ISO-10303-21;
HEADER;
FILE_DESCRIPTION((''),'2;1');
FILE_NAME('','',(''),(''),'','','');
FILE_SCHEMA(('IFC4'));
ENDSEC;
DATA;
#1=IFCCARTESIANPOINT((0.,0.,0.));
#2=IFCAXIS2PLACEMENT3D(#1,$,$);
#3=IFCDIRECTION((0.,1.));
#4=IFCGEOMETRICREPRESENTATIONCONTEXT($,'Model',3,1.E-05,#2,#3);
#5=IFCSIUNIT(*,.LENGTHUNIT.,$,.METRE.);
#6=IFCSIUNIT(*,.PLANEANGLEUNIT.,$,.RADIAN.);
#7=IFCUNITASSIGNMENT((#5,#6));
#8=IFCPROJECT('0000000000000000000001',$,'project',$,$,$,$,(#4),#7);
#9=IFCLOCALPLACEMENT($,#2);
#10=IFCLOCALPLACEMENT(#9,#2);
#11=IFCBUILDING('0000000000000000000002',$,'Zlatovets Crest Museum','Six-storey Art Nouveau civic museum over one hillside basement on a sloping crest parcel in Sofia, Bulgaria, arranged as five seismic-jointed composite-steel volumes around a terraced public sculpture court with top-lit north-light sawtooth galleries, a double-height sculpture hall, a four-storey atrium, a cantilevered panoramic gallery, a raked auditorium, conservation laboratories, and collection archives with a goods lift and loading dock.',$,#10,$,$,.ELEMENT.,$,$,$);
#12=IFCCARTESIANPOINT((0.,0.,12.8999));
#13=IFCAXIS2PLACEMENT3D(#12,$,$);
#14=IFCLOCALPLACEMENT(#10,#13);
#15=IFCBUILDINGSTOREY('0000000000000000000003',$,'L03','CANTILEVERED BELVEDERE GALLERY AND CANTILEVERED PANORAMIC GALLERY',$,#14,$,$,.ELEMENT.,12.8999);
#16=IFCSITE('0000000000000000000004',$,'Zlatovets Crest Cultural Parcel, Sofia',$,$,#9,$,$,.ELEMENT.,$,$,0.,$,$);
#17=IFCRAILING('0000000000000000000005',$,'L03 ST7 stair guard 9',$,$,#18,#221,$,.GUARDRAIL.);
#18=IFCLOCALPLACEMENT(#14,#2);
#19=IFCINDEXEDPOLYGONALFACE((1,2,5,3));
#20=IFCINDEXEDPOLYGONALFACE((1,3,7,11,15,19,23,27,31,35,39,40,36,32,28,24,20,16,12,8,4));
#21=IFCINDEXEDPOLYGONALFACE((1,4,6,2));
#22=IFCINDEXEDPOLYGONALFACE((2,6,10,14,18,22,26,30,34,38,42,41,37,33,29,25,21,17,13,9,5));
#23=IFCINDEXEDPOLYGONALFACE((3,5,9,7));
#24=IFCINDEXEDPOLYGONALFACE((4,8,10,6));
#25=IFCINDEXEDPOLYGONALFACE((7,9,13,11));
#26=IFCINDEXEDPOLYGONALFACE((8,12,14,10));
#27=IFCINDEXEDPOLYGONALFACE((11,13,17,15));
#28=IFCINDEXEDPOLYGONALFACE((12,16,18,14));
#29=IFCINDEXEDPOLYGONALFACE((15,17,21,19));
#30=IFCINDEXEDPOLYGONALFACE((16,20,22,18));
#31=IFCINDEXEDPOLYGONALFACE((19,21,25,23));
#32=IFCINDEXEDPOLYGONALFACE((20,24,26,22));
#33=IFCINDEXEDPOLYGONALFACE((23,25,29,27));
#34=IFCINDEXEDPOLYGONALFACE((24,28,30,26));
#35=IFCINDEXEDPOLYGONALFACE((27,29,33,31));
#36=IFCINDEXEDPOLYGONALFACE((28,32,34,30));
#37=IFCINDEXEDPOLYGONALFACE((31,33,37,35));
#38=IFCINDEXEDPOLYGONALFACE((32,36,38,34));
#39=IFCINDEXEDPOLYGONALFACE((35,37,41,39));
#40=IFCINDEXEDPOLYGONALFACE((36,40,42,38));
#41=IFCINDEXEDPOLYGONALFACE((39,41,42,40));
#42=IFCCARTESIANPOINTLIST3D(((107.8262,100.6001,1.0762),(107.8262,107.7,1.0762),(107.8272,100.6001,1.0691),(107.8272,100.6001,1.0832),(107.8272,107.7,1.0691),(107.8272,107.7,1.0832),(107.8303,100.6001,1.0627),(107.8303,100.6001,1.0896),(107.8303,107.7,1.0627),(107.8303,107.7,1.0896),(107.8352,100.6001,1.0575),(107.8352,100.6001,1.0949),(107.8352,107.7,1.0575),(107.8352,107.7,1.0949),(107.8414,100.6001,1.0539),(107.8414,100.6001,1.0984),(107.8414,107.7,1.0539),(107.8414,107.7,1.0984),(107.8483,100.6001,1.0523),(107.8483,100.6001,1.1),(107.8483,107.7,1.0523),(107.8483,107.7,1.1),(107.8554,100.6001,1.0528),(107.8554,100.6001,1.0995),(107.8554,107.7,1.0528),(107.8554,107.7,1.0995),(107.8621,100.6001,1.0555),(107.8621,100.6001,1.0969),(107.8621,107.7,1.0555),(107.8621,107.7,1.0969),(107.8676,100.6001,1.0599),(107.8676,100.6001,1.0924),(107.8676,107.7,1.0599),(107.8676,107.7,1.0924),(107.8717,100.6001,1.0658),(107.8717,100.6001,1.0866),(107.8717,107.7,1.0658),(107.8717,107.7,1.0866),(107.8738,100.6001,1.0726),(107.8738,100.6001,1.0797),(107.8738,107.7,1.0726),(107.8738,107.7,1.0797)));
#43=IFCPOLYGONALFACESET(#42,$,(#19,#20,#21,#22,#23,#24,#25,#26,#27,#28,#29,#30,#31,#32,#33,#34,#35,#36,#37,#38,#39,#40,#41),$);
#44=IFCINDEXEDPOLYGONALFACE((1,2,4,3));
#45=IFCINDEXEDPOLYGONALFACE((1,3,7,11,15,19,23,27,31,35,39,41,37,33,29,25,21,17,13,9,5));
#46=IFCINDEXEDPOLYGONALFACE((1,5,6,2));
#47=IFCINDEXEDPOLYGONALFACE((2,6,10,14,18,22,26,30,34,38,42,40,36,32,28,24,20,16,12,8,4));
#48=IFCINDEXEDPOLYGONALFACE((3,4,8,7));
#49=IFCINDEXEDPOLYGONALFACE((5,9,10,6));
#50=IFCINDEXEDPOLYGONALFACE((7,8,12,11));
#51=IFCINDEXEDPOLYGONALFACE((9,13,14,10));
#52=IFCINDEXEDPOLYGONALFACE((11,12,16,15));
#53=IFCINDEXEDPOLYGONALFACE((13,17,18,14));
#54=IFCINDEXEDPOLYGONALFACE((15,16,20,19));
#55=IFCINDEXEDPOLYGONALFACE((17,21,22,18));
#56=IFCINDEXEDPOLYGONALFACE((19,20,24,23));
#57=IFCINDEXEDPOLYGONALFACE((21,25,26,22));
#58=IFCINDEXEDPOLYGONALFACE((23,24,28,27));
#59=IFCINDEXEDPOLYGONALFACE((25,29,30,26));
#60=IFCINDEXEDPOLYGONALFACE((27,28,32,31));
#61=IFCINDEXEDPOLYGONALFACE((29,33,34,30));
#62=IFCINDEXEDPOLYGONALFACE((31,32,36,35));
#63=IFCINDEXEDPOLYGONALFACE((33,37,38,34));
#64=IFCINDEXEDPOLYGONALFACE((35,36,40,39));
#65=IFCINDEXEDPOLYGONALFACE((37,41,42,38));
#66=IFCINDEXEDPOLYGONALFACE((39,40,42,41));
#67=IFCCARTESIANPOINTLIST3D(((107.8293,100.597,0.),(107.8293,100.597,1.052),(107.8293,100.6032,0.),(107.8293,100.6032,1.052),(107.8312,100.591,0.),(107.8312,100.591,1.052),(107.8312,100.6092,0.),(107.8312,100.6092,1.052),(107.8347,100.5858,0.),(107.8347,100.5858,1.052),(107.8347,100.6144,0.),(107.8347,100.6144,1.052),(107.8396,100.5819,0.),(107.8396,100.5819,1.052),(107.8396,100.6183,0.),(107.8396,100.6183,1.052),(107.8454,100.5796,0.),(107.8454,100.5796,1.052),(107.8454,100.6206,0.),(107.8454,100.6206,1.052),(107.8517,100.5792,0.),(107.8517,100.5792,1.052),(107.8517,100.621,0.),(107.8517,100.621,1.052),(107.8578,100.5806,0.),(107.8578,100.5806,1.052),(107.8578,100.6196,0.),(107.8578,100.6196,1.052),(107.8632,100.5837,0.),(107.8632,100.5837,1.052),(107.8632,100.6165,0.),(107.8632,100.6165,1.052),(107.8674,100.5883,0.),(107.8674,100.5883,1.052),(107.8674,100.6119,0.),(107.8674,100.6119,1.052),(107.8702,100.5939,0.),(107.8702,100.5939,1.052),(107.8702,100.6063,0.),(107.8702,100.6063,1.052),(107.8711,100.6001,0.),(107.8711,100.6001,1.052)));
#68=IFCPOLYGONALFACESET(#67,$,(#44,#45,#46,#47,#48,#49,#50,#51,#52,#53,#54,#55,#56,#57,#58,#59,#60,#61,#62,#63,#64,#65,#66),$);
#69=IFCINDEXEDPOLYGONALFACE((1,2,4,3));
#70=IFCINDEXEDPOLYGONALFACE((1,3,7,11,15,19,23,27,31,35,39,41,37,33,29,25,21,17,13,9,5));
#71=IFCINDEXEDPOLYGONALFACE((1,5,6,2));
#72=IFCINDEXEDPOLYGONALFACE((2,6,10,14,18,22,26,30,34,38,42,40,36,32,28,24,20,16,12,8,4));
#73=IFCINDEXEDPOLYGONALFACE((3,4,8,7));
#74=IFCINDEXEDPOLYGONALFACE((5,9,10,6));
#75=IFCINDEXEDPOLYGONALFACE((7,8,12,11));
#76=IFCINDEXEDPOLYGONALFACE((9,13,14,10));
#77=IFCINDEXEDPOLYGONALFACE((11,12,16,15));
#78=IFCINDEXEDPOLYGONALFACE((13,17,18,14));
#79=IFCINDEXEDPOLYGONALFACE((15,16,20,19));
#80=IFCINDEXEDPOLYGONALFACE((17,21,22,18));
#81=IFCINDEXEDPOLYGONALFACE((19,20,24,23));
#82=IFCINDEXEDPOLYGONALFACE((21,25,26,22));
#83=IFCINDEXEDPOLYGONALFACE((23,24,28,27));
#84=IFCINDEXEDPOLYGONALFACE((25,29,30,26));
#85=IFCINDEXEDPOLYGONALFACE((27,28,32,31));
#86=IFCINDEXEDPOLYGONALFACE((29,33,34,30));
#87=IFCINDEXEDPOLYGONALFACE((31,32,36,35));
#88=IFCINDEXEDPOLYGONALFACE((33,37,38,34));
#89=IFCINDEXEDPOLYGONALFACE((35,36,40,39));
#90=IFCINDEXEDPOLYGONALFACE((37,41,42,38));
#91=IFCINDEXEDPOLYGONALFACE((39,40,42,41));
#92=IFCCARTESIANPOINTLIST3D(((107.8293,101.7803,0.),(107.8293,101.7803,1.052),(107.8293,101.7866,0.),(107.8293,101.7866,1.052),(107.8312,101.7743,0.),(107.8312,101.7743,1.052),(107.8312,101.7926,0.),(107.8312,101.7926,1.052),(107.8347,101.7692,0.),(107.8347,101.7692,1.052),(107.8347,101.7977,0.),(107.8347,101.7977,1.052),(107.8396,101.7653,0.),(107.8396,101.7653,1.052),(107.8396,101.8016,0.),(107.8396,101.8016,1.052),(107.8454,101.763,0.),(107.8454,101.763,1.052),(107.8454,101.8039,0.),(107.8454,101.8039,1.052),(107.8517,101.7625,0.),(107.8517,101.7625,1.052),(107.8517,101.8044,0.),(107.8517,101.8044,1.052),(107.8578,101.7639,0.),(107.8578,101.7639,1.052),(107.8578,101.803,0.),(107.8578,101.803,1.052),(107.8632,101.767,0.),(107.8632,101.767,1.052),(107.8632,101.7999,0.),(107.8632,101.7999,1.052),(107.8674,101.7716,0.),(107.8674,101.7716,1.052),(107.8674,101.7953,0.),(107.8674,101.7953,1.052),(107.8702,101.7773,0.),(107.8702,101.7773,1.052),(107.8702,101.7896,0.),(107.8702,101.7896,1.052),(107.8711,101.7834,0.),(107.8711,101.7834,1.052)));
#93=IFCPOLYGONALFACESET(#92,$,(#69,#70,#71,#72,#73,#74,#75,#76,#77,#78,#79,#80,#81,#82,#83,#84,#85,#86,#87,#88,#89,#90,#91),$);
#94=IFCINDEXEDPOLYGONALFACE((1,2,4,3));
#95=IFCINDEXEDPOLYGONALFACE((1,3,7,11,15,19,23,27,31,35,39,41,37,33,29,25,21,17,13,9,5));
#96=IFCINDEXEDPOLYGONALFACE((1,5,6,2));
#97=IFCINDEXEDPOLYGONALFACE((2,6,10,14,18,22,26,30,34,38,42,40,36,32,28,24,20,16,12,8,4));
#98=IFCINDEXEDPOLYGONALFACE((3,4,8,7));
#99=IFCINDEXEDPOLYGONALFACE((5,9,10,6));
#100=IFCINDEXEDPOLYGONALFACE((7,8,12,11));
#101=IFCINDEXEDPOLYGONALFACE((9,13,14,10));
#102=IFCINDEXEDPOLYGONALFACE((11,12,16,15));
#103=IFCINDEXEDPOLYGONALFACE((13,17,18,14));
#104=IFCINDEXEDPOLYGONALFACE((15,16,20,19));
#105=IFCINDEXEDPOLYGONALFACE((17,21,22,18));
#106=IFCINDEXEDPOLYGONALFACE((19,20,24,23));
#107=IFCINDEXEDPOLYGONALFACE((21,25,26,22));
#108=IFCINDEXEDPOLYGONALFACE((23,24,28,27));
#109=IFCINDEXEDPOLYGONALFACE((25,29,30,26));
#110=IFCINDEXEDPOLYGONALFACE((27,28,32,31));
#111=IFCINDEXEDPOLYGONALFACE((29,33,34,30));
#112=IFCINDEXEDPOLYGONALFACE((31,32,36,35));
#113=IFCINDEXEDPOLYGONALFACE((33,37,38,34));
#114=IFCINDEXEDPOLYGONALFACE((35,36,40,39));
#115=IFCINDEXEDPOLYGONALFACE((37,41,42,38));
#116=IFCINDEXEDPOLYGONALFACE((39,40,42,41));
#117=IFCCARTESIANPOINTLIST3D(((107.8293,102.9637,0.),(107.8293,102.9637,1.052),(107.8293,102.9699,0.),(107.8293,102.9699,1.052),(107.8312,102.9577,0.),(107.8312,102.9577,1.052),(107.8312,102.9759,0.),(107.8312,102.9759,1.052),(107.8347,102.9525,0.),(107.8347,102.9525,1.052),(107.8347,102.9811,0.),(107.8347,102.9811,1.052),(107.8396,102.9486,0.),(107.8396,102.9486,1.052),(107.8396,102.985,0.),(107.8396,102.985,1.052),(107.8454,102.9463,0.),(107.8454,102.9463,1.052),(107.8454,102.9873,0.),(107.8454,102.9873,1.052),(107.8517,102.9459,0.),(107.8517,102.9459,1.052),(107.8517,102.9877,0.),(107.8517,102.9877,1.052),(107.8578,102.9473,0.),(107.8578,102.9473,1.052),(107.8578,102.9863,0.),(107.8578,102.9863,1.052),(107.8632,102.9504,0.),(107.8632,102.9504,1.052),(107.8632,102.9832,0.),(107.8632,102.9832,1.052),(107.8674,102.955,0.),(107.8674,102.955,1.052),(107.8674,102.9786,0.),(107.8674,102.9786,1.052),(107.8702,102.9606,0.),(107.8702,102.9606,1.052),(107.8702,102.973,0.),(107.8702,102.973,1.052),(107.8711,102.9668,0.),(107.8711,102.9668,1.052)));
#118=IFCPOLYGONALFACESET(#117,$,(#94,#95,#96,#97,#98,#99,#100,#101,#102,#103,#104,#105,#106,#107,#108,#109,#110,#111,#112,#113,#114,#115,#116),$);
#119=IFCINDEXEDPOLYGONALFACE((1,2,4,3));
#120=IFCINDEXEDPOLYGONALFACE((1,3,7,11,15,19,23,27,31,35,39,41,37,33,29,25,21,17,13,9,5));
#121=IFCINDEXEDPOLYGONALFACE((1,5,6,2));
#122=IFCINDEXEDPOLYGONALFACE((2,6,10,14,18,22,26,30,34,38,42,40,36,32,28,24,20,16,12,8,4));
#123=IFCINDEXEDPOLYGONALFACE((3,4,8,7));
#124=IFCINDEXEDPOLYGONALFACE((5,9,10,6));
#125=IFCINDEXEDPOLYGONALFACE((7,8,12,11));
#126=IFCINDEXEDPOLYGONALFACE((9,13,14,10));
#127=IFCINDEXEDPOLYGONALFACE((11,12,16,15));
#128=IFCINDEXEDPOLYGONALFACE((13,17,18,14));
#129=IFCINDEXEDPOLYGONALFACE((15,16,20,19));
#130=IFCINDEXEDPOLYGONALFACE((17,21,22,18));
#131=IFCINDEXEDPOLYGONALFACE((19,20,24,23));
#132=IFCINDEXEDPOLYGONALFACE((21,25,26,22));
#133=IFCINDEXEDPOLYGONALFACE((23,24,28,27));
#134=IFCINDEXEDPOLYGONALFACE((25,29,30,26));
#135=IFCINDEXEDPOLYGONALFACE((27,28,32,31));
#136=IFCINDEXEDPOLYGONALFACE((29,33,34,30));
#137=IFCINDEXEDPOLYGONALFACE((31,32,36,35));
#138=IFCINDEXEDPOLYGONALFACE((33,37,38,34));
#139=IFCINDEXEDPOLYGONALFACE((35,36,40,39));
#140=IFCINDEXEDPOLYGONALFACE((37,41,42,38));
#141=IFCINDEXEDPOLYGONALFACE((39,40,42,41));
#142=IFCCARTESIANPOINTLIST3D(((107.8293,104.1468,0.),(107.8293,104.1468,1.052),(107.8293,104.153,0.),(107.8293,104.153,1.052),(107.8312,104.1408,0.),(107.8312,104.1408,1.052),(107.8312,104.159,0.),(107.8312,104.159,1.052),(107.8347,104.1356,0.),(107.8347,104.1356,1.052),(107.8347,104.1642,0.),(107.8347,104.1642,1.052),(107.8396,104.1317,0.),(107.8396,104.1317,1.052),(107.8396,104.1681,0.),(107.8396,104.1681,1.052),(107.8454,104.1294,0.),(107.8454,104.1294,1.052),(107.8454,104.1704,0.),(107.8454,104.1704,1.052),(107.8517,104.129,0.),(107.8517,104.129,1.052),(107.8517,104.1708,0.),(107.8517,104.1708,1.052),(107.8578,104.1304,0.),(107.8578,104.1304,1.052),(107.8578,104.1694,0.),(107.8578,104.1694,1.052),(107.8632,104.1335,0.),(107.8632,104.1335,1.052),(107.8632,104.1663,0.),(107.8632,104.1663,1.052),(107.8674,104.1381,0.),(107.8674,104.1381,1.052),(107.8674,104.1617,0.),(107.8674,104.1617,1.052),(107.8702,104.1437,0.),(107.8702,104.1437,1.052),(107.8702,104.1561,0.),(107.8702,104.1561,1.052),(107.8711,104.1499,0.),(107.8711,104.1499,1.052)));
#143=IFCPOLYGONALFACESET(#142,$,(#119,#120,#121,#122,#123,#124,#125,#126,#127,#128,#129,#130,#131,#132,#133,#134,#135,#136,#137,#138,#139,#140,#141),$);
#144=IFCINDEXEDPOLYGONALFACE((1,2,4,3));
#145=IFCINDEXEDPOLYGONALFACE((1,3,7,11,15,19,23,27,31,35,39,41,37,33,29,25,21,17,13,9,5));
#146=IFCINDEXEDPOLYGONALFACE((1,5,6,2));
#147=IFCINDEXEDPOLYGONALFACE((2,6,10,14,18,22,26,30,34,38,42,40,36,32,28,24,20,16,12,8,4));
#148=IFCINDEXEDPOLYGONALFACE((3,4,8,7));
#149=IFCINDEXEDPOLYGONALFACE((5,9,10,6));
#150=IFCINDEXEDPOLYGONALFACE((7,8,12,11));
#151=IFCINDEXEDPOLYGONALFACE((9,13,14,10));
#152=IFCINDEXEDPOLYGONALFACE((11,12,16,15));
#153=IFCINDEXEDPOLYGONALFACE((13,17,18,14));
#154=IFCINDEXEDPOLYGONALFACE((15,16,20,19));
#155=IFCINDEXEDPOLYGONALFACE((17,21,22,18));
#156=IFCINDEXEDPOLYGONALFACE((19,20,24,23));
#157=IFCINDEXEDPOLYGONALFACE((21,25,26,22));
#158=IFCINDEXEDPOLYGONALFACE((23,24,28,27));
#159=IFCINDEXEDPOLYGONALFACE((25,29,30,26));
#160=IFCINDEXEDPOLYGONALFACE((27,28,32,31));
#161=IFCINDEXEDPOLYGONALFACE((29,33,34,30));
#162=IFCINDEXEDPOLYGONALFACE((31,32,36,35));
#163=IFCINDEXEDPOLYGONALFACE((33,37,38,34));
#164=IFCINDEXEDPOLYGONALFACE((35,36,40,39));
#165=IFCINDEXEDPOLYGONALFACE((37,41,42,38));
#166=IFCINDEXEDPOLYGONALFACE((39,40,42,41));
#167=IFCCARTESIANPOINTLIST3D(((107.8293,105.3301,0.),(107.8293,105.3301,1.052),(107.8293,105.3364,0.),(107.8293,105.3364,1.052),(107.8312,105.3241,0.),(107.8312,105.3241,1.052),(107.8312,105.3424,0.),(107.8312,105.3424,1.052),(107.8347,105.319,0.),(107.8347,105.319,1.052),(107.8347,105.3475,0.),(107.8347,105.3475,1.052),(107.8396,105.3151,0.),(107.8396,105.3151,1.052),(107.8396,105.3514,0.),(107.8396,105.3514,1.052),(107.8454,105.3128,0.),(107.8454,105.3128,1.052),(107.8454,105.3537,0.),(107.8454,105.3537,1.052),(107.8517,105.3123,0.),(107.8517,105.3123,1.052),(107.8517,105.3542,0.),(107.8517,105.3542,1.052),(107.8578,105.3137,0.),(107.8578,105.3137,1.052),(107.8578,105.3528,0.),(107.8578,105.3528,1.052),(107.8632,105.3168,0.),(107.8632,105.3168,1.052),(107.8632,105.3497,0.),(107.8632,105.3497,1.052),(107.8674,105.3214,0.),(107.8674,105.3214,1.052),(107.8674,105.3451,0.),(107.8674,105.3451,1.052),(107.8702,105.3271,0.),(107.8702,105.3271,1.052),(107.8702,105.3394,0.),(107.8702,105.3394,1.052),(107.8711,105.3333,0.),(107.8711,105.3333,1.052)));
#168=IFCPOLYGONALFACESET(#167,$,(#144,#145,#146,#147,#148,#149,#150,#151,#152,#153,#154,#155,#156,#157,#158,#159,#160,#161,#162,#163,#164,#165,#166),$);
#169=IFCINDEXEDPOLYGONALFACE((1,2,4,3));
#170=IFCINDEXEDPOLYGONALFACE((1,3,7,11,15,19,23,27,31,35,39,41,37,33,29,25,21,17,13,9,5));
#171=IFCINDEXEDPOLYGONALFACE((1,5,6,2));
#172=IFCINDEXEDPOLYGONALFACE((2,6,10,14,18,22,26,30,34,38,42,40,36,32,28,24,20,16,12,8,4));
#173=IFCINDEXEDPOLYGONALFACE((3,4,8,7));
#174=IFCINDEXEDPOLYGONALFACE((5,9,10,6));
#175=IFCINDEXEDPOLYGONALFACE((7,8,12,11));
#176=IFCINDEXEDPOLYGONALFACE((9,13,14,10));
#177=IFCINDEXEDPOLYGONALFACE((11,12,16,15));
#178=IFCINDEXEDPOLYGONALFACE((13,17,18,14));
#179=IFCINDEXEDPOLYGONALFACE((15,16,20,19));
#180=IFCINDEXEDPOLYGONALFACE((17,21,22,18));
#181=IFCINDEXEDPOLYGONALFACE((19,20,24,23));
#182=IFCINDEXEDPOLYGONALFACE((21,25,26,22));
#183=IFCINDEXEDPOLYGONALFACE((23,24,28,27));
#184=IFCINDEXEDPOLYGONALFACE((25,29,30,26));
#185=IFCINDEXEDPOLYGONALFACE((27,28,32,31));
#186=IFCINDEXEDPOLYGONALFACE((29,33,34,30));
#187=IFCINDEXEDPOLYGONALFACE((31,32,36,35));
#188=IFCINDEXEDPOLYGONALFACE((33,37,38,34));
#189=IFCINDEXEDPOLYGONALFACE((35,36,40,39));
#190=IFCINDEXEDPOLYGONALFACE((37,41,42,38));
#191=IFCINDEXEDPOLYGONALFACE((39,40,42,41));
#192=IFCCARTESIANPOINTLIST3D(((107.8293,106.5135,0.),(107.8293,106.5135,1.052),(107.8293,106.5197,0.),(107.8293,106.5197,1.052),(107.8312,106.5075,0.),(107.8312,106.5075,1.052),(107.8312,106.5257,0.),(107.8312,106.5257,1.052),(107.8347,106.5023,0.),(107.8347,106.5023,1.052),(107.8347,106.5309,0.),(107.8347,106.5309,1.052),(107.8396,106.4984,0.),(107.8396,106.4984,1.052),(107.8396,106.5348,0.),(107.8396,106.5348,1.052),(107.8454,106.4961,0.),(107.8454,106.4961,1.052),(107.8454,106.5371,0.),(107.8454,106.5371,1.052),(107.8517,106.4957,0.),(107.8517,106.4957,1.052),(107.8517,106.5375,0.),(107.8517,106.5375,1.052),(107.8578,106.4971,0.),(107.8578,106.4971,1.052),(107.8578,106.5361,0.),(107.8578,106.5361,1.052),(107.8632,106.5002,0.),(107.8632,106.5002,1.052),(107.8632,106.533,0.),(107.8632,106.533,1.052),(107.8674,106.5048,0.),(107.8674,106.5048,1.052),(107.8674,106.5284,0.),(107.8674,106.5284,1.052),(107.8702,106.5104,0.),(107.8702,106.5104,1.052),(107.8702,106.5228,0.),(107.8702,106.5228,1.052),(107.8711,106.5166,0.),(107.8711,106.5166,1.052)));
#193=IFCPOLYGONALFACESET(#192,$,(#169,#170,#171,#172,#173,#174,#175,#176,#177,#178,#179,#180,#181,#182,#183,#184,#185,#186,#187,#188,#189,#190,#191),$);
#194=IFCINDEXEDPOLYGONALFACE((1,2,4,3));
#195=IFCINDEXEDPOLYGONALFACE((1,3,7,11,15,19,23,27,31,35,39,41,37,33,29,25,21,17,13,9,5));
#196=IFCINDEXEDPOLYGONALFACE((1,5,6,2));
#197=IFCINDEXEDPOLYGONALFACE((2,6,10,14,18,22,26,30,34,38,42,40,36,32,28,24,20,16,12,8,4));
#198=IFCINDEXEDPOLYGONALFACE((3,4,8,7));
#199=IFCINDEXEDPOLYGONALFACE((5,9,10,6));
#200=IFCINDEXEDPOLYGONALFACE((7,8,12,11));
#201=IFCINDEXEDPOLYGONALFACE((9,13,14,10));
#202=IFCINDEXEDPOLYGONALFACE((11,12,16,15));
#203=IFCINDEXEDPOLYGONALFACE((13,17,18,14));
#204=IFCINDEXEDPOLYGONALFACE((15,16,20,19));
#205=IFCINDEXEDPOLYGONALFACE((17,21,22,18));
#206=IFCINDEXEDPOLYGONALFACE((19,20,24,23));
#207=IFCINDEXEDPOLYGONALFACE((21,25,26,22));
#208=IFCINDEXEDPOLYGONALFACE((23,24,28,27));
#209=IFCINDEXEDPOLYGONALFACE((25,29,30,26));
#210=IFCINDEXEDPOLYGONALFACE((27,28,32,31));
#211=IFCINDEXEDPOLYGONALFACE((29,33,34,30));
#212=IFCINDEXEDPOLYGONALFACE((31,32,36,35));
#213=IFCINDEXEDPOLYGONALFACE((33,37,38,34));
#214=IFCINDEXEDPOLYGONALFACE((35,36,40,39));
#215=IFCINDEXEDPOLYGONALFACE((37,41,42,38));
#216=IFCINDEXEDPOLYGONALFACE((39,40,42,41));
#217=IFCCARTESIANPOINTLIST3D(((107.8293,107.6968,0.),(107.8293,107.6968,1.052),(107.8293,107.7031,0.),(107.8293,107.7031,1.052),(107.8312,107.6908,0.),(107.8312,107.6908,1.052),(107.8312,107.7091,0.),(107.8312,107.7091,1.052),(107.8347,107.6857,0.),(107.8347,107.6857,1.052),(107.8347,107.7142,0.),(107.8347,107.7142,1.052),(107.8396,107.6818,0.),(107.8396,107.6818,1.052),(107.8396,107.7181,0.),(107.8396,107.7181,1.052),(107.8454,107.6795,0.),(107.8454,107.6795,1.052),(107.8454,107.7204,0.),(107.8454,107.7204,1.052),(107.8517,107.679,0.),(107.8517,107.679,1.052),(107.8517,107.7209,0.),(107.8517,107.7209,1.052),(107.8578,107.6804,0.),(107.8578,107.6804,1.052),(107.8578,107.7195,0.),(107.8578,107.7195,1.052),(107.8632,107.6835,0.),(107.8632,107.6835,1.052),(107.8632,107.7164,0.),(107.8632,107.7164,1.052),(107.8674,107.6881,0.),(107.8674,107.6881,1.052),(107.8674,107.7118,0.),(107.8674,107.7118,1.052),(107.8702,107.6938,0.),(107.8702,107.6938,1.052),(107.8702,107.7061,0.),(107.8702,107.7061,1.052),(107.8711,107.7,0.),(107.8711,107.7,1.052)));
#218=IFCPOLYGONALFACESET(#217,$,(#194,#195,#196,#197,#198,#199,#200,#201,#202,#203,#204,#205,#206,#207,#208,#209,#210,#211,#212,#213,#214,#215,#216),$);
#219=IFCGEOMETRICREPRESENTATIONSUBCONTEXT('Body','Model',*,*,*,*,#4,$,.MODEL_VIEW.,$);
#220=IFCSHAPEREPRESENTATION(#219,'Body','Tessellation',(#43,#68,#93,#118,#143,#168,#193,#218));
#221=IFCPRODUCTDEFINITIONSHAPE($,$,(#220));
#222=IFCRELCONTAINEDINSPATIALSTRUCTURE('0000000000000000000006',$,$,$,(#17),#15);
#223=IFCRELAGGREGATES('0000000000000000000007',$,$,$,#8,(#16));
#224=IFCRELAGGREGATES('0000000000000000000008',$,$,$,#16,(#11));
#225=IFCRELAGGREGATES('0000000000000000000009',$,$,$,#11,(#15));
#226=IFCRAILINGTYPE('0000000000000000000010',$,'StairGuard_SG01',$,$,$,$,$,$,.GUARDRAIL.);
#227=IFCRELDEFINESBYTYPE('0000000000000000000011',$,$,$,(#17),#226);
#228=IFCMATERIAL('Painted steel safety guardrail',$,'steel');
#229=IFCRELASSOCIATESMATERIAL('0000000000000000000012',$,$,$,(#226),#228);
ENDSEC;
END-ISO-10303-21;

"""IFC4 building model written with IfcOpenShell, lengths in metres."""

from ifc_helpers import new_model, si_unit, direction, frame, origin, origin_2d, place, context, subcontext, project, spatial, circle, extrude, material, type_object, element, save


model = new_model("IFC4")

# Units and contexts
model_context = context("Model", 3, precision=1e-05, world=origin(), true_north=direction((0.0, 1.0)))
body_context = subcontext(model_context, "Body", "Model", "MODEL_VIEW")
ifc_project = project(units=[si_unit("LENGTHUNIT", "METRE"), si_unit("PLANEANGLEUNIT", "RADIAN")], contexts=[model_context])

# Site, building, storey
site_placement = place(None, origin())
site = spatial("IfcSite", under=ifc_project, at=site_placement, Name="Zlatovets Crest Cultural Parcel, Sofia", CompositionType="ELEMENT", RefElevation=0.0)
building_placement = place(site_placement, origin())
building = spatial("IfcBuilding", under=site, at=building_placement, Name="Zlatovets Crest Museum", Description="Six-storey Art Nouveau civic museum over one hillside basement on a sloping crest parcel in Sofia, Bulgaria, arranged as five seismic-jointed composite-steel volumes around a terraced public sculpture court with top-lit north-light sawtooth galleries, a double-height sculpture hall, a four-storey atrium, a cantilevered panoramic gallery, a raked auditorium, conservation laboratories, and collection archives with a goods lift and loading dock.", CompositionType="ELEMENT")
storey_placement = place(building_placement, frame((0.0, 0.0, 12.8999)))
storey = spatial("IfcBuildingStorey", under=building, at=storey_placement, Name="L03", Description="CANTILEVERED BELVEDERE GALLERY AND CANTILEVERED PANORAMIC GALLERY", CompositionType="ELEMENT", Elevation=12.8999)

# Railing
ifc_material_1 = material(Name="Painted steel safety guardrail", Category="steel")
railing_type_1 = type_object("IfcRailingType", Name="StairGuard_SG01", PredefinedType="GUARDRAIL", material=ifc_material_1)
railing_1_placement = place(storey_placement, frame((107.8501, 100.6001, 0.0)))
element("IfcRailing", 1, at=railing_1_placement, inside=storey, type_object=railing_type_1, Name="L03 ST7 stair guard 9", PredefinedType="GUARDRAIL", context=body_context, shape_type="SweptSolid", body=[
    extrude(circle(Radius=0.0239, at=origin_2d()), frame((0.0, 0.0, 1.0762), z_axis=(0.0, 1.0, 0.0), x_axis=(-1.0, 0.0, 0.0)), (0.0, 0.0, 1.0), 7.0999),
    extrude(circle(Radius=0.021, at=origin_2d()), origin(), (0.0, 0.0, 1.0), 1.052),
    extrude(circle(Radius=0.021, at=origin_2d()), frame((0.0, 1.1833, 0.0)), (0.0, 0.0, 1.0), 1.052),
    extrude(circle(Radius=0.021, at=origin_2d()), frame((0.0, 2.3667, 0.0)), (0.0, 0.0, 1.0), 1.052),
    extrude(circle(Radius=0.021, at=origin_2d()), frame((0.0, 3.5498, 0.0)), (0.0, 0.0, 1.0), 1.052),
    extrude(circle(Radius=0.021, at=origin_2d()), frame((0.0, 4.7332, 0.0)), (0.0, 0.0, 1.0), 1.052),
    extrude(circle(Radius=0.021, at=origin_2d()), frame((0.0, 5.9165, 0.0)), (0.0, 0.0, 1.0), 1.052),
    extrude(circle(Radius=0.021, at=origin_2d()), frame((0.0, 7.0999, 0.0)), (0.0, 0.0, 1.0), 1.052),
])

save(model, "model.ifc")
